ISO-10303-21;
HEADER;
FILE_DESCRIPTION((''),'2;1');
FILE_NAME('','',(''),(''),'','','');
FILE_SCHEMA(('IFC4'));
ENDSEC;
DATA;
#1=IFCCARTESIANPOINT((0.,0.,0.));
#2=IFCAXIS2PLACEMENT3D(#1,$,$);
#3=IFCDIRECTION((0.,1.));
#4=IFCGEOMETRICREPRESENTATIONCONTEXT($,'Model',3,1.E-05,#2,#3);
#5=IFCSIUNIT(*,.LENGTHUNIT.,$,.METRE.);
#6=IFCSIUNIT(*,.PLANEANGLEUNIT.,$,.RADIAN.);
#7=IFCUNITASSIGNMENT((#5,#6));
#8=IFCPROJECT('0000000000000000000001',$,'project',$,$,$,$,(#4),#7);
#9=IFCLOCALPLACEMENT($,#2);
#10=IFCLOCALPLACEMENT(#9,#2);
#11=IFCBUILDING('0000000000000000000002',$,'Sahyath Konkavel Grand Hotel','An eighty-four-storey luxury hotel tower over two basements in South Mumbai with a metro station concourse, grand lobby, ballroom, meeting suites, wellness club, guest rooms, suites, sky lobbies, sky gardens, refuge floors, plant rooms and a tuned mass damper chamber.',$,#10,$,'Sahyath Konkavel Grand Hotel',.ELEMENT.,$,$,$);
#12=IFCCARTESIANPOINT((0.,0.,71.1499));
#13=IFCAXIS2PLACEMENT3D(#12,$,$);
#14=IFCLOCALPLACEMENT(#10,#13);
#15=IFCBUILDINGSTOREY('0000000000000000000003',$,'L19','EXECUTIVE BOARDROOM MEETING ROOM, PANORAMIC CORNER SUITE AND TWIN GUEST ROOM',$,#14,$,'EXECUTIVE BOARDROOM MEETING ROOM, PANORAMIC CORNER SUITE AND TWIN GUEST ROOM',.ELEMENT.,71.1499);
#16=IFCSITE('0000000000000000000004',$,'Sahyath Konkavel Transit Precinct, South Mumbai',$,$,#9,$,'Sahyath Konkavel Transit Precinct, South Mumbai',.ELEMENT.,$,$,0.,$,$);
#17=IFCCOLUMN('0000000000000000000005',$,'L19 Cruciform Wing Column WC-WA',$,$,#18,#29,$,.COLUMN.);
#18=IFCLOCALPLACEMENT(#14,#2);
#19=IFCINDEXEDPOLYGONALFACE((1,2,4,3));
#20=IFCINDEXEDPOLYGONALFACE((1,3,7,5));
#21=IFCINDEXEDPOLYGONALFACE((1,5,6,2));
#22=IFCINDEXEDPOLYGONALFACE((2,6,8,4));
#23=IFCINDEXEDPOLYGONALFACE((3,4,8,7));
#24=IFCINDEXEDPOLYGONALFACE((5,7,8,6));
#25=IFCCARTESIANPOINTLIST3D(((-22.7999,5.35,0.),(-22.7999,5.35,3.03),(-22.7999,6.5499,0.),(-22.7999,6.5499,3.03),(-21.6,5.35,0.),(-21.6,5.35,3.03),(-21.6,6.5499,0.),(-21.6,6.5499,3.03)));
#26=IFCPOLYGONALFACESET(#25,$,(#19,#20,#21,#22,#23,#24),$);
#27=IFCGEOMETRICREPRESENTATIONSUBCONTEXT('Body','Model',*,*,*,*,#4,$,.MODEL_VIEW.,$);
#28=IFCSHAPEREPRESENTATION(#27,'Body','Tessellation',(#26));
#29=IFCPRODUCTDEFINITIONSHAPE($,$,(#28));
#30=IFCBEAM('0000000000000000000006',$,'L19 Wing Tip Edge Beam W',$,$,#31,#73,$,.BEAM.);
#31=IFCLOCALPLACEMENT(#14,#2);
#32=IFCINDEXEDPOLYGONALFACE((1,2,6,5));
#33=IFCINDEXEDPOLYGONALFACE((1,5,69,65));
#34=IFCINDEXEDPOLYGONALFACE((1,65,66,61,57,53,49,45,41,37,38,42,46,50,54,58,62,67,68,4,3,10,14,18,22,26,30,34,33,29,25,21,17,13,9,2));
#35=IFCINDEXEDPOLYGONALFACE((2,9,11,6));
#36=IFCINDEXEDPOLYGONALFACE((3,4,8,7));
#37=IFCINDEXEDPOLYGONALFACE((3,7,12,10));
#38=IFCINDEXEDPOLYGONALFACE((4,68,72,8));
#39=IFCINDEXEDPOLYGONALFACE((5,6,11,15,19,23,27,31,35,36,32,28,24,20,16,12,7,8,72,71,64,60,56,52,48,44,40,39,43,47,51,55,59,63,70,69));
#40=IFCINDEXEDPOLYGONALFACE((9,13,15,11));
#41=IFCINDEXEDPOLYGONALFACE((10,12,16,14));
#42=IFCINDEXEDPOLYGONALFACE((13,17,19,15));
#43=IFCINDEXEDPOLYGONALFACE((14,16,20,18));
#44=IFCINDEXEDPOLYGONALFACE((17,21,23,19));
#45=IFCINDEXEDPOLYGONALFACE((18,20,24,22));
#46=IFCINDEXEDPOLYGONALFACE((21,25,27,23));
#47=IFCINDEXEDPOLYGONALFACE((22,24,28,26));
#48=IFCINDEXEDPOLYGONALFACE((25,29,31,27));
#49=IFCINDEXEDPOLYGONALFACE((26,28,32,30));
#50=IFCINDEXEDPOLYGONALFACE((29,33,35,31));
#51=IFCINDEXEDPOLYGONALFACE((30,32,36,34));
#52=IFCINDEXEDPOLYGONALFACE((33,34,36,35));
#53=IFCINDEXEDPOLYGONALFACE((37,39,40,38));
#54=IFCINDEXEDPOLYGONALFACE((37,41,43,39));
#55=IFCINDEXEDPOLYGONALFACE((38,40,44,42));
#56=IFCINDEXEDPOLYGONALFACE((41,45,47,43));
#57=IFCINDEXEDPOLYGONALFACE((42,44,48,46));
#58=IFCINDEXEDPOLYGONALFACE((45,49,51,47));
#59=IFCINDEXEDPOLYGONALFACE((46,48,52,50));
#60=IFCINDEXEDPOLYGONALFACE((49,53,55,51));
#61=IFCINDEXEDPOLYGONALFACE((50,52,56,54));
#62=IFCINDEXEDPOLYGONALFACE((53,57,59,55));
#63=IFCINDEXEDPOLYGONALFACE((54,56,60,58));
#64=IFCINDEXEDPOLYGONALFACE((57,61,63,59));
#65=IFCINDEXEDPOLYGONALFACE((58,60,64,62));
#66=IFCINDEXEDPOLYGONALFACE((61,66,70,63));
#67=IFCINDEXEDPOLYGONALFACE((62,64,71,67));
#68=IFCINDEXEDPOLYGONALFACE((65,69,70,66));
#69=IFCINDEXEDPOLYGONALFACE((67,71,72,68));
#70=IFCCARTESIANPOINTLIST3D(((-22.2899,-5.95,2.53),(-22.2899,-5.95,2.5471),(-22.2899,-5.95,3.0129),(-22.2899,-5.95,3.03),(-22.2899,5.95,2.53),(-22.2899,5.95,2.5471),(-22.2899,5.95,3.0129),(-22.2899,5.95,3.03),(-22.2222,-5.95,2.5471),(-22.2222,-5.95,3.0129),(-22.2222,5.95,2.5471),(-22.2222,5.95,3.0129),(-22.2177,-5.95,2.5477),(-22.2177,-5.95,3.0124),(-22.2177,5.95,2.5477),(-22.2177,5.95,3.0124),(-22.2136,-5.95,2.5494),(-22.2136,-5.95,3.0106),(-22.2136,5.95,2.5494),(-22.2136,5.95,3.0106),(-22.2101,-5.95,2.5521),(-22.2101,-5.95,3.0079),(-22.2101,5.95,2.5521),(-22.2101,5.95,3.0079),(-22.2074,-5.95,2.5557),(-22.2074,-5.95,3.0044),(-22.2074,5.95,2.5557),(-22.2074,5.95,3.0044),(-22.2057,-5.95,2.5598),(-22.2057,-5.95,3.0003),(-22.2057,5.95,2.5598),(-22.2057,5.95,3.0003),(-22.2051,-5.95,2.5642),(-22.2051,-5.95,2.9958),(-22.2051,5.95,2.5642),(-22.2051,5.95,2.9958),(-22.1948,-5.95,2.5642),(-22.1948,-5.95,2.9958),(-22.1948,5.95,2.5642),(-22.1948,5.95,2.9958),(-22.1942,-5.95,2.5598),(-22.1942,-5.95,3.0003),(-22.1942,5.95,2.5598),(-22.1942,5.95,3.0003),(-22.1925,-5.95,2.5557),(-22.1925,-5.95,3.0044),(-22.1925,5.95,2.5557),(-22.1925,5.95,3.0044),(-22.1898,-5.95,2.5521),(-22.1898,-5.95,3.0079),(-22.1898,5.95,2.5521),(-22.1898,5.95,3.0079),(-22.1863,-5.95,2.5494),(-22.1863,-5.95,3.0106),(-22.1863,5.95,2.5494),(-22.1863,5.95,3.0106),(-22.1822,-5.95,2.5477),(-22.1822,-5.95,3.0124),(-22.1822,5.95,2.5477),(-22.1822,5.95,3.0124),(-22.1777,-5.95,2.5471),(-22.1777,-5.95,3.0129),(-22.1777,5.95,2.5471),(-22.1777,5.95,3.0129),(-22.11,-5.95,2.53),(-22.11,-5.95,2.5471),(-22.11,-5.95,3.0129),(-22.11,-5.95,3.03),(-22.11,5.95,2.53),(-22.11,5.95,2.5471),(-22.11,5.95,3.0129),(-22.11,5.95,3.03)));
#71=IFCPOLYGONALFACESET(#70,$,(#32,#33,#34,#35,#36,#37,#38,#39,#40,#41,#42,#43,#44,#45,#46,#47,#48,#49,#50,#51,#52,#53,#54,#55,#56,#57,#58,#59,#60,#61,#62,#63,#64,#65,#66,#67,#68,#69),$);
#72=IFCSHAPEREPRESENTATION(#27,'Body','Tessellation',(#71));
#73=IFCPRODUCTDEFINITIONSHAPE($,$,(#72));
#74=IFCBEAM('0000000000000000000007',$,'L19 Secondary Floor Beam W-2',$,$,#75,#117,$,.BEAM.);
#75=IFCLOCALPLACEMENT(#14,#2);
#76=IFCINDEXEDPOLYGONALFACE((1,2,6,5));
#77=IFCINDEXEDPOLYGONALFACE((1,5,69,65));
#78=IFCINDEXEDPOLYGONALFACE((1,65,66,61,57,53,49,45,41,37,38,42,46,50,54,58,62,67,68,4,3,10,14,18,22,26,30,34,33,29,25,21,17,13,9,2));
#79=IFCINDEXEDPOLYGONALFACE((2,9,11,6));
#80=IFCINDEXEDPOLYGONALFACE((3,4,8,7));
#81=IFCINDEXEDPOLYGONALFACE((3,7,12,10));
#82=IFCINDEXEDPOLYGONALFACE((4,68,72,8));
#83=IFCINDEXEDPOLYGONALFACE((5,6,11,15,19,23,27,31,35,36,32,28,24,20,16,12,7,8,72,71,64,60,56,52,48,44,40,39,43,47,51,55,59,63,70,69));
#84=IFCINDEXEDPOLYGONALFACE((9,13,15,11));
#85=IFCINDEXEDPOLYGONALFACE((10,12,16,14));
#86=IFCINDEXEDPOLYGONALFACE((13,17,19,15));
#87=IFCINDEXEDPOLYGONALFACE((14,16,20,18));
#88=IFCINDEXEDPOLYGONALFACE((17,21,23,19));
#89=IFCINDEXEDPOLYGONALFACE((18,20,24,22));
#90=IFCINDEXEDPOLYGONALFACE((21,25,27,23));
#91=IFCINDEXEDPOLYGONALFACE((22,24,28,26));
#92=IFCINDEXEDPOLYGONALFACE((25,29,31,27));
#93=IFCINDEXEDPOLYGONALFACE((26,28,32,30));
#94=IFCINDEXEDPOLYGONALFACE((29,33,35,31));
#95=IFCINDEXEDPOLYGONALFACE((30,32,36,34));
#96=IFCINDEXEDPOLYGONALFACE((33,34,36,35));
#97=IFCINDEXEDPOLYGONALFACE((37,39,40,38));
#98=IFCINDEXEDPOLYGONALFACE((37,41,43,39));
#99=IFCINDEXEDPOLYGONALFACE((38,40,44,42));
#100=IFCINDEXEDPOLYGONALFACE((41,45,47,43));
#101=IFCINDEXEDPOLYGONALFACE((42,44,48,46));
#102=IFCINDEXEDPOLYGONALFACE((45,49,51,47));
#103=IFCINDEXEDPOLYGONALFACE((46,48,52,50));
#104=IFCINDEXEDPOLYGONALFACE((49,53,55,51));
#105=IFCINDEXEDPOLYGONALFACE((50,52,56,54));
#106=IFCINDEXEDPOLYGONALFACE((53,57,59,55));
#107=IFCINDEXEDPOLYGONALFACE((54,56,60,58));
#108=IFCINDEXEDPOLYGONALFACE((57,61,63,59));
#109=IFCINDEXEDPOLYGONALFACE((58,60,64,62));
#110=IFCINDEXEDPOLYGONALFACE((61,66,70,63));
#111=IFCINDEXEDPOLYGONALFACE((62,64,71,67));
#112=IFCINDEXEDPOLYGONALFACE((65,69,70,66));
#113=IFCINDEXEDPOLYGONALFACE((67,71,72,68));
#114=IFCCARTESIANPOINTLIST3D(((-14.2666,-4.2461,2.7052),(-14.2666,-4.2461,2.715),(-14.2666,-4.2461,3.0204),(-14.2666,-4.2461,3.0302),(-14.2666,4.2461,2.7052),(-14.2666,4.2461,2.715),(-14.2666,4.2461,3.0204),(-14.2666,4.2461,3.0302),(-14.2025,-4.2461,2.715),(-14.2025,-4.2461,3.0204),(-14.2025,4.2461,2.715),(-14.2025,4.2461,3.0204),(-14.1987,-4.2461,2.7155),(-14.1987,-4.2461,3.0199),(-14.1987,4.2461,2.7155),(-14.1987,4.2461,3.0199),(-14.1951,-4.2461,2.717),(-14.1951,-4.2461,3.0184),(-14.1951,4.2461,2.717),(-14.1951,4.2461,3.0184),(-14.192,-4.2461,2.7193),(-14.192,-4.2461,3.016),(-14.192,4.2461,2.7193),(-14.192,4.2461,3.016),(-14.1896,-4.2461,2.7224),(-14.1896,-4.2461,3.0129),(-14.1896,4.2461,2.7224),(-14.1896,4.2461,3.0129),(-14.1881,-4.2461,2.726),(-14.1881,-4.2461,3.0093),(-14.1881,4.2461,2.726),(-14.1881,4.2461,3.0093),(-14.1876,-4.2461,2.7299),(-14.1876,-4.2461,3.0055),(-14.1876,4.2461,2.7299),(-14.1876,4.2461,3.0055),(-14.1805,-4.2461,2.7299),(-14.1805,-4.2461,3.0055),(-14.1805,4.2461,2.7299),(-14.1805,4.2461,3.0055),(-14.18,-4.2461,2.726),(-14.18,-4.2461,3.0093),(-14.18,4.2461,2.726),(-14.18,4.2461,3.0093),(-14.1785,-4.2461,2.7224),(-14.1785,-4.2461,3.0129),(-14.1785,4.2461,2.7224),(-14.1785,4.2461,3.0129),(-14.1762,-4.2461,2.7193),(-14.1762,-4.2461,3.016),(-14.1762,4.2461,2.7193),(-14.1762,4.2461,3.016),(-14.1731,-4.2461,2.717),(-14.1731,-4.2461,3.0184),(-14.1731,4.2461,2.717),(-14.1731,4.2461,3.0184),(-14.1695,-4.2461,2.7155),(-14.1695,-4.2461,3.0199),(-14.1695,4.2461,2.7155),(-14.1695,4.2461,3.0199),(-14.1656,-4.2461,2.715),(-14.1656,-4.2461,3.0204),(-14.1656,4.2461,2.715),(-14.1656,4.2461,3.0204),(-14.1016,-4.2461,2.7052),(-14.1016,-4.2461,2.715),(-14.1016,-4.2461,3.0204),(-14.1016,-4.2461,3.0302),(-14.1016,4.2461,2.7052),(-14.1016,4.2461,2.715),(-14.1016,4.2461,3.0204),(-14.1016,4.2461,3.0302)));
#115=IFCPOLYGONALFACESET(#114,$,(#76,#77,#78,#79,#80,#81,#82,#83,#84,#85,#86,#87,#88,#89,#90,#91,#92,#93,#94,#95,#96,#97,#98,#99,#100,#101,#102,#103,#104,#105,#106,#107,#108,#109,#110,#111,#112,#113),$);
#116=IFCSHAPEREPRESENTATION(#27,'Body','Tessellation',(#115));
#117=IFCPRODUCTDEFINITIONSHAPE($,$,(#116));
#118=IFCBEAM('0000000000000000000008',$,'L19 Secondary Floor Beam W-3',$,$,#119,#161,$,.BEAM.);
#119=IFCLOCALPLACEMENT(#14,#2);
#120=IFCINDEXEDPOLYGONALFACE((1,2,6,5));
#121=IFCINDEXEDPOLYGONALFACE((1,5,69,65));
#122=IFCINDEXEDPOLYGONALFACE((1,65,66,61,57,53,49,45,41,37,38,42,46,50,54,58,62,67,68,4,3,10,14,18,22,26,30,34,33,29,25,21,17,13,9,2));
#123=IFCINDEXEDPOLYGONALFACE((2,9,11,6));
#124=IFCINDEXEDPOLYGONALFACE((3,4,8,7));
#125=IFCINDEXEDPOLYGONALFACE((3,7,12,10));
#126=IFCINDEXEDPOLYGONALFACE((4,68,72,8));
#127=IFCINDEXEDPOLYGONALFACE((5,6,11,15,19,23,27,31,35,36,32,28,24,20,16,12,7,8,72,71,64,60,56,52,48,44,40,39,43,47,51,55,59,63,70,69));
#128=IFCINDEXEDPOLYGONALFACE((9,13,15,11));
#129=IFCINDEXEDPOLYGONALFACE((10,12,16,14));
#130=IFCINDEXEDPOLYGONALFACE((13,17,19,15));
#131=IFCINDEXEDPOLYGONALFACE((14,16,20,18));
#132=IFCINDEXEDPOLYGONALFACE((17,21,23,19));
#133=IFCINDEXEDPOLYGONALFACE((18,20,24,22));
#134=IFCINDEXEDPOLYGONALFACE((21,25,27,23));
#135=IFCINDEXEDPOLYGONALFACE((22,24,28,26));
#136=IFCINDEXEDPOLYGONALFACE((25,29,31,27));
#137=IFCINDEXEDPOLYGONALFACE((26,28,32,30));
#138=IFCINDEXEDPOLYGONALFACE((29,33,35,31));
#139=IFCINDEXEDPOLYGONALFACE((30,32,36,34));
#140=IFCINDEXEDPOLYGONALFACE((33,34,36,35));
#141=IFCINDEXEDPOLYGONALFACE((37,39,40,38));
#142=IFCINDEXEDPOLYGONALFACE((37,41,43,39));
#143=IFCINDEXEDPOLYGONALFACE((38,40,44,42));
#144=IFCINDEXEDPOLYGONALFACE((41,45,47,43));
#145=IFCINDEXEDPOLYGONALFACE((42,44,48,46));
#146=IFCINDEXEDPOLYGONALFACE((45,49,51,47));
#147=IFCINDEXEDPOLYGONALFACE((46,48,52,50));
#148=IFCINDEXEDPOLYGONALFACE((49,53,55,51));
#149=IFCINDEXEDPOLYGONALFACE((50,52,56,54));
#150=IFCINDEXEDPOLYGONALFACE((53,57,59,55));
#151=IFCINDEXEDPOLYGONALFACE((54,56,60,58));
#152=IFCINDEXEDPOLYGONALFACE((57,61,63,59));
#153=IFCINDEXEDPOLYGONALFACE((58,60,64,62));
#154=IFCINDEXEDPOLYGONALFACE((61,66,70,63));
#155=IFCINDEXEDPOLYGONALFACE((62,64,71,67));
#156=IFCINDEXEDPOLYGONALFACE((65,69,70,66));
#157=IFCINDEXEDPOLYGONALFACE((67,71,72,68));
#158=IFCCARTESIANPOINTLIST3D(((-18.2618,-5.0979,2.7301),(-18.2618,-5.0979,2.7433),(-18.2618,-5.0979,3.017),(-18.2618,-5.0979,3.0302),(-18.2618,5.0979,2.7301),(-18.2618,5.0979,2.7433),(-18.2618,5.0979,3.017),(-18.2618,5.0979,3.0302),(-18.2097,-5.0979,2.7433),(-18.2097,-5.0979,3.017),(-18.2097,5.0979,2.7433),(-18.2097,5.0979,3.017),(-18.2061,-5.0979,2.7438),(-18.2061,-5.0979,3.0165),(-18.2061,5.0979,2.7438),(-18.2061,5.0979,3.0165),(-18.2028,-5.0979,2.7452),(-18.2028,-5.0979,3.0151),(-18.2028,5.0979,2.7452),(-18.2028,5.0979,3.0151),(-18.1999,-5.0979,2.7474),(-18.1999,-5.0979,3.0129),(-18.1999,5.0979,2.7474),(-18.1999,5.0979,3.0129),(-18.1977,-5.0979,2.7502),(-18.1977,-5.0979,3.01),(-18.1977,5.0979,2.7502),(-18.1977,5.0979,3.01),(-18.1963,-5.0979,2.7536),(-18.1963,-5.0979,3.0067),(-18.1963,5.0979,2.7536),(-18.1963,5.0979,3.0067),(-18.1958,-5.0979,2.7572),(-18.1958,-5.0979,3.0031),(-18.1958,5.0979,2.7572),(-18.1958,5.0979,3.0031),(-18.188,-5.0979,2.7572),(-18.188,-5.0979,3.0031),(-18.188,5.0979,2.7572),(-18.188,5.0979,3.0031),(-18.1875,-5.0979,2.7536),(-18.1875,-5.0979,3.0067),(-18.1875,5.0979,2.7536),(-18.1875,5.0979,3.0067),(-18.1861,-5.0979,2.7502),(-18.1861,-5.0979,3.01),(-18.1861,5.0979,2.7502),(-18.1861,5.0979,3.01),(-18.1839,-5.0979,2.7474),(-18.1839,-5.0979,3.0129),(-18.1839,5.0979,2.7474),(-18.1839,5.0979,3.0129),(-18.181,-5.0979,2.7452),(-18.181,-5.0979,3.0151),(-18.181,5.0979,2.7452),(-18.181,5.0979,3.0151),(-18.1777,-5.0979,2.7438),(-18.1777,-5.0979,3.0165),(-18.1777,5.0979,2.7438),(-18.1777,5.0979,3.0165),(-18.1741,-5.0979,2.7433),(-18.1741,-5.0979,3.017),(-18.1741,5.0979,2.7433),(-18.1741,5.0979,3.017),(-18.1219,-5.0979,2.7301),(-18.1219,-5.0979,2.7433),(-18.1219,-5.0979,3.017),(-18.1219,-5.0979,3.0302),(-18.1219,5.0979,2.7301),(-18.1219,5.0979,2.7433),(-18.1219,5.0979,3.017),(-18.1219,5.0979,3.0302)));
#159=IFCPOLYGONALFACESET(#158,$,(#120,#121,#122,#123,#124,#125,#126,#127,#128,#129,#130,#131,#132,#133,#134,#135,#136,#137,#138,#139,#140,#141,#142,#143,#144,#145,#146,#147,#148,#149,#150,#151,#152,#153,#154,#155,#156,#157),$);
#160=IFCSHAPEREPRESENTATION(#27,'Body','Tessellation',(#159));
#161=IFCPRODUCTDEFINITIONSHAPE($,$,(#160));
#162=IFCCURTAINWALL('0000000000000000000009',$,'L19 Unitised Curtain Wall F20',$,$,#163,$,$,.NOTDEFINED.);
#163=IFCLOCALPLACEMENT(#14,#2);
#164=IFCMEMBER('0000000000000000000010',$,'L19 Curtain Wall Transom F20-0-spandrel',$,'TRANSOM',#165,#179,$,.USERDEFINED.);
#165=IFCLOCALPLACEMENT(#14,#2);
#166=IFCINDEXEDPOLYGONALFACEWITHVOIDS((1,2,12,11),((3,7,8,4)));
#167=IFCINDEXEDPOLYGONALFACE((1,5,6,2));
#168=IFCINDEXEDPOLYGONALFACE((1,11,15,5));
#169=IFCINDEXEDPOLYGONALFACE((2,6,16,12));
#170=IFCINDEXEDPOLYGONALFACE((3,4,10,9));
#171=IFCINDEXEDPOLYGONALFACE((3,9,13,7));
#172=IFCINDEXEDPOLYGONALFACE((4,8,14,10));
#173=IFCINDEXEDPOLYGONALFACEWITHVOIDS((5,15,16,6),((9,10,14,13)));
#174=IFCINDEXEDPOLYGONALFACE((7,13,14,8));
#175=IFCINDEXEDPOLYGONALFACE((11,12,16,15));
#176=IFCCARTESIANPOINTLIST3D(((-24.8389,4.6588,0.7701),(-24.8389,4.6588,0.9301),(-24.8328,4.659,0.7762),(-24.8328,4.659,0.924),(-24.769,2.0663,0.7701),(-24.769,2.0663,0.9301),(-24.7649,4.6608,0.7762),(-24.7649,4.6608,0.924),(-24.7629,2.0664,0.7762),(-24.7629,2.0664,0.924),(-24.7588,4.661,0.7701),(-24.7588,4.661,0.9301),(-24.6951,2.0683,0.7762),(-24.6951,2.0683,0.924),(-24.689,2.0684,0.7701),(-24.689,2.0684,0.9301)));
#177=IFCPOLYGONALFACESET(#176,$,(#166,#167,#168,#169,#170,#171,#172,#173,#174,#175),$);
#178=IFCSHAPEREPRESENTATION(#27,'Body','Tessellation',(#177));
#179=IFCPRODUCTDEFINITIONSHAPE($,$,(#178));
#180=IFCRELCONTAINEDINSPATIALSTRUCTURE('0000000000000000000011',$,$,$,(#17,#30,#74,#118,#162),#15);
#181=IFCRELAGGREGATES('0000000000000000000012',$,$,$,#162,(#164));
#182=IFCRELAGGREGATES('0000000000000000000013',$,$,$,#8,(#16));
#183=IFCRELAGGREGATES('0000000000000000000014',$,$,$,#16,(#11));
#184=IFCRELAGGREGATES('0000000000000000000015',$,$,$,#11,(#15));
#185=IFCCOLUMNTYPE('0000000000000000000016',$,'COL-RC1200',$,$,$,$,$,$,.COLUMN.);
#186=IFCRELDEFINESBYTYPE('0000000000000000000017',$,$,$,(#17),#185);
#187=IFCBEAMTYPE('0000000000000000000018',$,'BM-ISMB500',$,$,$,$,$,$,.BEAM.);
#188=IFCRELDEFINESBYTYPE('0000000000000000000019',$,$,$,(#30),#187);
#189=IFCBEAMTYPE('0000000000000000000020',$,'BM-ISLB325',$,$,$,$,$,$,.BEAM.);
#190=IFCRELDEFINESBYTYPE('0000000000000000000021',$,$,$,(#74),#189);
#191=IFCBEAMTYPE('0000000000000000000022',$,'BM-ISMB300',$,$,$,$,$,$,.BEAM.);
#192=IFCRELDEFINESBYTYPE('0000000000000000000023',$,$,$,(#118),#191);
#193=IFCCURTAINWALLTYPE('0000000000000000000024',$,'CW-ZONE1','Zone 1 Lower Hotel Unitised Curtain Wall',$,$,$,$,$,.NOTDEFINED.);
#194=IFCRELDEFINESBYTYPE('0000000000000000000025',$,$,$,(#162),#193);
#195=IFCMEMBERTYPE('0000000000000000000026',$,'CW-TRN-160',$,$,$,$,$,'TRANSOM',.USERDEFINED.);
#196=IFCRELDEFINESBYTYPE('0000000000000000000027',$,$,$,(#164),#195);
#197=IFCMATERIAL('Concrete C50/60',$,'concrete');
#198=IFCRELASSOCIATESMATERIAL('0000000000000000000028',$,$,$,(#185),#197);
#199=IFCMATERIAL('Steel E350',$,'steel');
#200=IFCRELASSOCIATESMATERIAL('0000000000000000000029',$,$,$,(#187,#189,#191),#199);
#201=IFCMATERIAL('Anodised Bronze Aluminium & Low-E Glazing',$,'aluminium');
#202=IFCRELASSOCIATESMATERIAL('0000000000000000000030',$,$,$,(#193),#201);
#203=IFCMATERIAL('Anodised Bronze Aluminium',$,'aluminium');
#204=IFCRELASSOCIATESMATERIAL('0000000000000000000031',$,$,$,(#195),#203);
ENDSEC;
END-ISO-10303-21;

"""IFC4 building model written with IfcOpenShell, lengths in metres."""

from ifc_helpers import new_model, si_unit, direction, frame, origin, origin_2d, place, context, subcontext, project, spatial, rectangle, hollow_rectangle, i_section, extrude, source, transform, mapped, material, material_profile, profile_set, type_object, element, aggregate, save


model = new_model("IFC4")

# Units and contexts
model_context = context("Model", 3, precision=1e-05, world=origin(), true_north=direction((0.0, 1.0)))
body_context = subcontext(model_context, "Body", "Model", "MODEL_VIEW")
ifc_project = project(units=[si_unit("LENGTHUNIT", "METRE"), si_unit("PLANEANGLEUNIT", "RADIAN")], contexts=[model_context])

# Site, building, storey
site_placement = place(None, origin())
site = spatial("IfcSite", under=ifc_project, at=site_placement, Name="Sahyath Konkavel Transit Precinct, South Mumbai", LongName="Sahyath Konkavel Transit Precinct, South Mumbai", CompositionType="ELEMENT", RefElevation=0.0)
building_placement = place(site_placement, origin())
building = spatial("IfcBuilding", under=site, at=building_placement, Name="Sahyath Konkavel Grand Hotel", Description="An eighty-four-storey luxury hotel tower over two basements in South Mumbai with a metro station concourse, grand lobby, ballroom, meeting suites, wellness club, guest rooms, suites, sky lobbies, sky gardens, refuge floors, plant rooms and a tuned mass damper chamber.", LongName="Sahyath Konkavel Grand Hotel", CompositionType="ELEMENT")
storey_placement = place(building_placement, frame((0.0, 0.0, 71.1499)))
storey = spatial("IfcBuildingStorey", under=building, at=storey_placement, Name="L19", Description="EXECUTIVE BOARDROOM MEETING ROOM, PANORAMIC CORNER SUITE AND TWIN GUEST ROOM", LongName="EXECUTIVE BOARDROOM MEETING ROOM, PANORAMIC CORNER SUITE AND TWIN GUEST ROOM", CompositionType="ELEMENT", Elevation=71.1499)

# Column
ifc_material_1 = material(Name="Concrete C50/60", Category="concrete")
ifc_material_profile_1 = material_profile(ifc_material_1, rectangle(XDim=1.2, YDim=1.2, at=origin_2d()), Name="RC 1200x1200")
ifc_profile_set_1 = profile_set([ifc_material_profile_1], Name="Concrete C50/60")
column_type = type_object("IfcColumnType", Name="COL-RC1200", PredefinedType="COLUMN", material=ifc_profile_set_1)
shared_shape_1 = source(origin(), body_context, "Body", "SweptSolid", [
    extrude(rectangle(XDim=1.2, YDim=1.2, at=origin_2d()), origin(), (0.0, 0.0, 1.0), 3.03),
])
column_placement = place(storey_placement, frame((-22.2, 5.95, 0.0), z_axis=(0.0, 0.0, 1.0), x_axis=(1.0, 0.0, 0.0)))
element("IfcColumn", 1, at=column_placement, inside=storey, type_object=column_type, Name="L19 Cruciform Wing Column WC-WA", PredefinedType="COLUMN", context=body_context, shape_type="MappedRepresentation", body=[
    mapped(shared_shape_1, transform((0.0, 0.0, 0.0), scale=1.0)),
])

# Beams
ifc_material_2 = material(Name="Steel E350", Category="steel")
ifc_material_profile_2 = material_profile(ifc_material_2, i_section(OverallWidth=0.1799, OverallDepth=0.5, WebThickness=0.0103, FlangeThickness=0.0171, FilletRadius=0.0171, at=origin_2d()), Name="ISMB 500")
ifc_profile_set_2 = profile_set([ifc_material_profile_2], Name="Steel E350")
beam_type_1 = type_object("IfcBeamType", Name="BM-ISMB500", PredefinedType="BEAM", material=ifc_profile_set_2)
shared_shape_2 = source(origin(), body_context, "Body", "SweptSolid", [
    extrude(i_section(OverallWidth=0.1799, OverallDepth=0.5, WebThickness=0.0103, FlangeThickness=0.0171, FilletRadius=0.0171, at=origin_2d()), origin(), (0.0, 0.0, 1.0), 11.8999),
])
beam_1_placement = place(storey_placement, frame((-22.2, 5.95, 2.78), z_axis=(0.0, -1.0, 0.0), x_axis=(1.0, 0.0, 0.0)))
element("IfcBeam", 2, at=beam_1_placement, inside=storey, type_object=beam_type_1, Name="L19 Wing Tip Edge Beam W", PredefinedType="BEAM", context=body_context, shape_type="MappedRepresentation", body=[
    mapped(shared_shape_2, transform((0.0, 0.0, 0.0), scale=1.0)),
])
ifc_material_profile_3 = material_profile(ifc_material_2, i_section(OverallWidth=0.165, OverallDepth=0.325, WebThickness=0.0071, FlangeThickness=0.0098, FilletRadius=0.0149, at=origin_2d()), Name="ISLB 325")
ifc_profile_set_3 = profile_set([ifc_material_profile_3], Name="Steel E350")
beam_type_2 = type_object("IfcBeamType", Name="BM-ISLB325", PredefinedType="BEAM", material=ifc_profile_set_3)
shared_shape_3 = source(origin(), body_context, "Body", "SweptSolid", [
    extrude(i_section(OverallWidth=0.165, OverallDepth=0.325, WebThickness=0.0071, FlangeThickness=0.0098, FilletRadius=0.0149, at=origin_2d()), origin(), (0.0, 0.0, 1.0), 8.4922),
])
beam_2_placement = place(storey_placement, frame((-14.1841, 4.2461, 2.8677), z_axis=(0.0, -1.0, 0.0), x_axis=(1.0, 0.0, 0.0)))
element("IfcBeam", 3, at=beam_2_placement, inside=storey, type_object=beam_type_2, Name="L19 Secondary Floor Beam W-2", PredefinedType="BEAM", context=body_context, shape_type="MappedRepresentation", body=[
    mapped(shared_shape_3, transform((0.0, 0.0, 0.0), scale=1.0)),
])
ifc_material_profile_4 = material_profile(ifc_material_2, i_section(OverallWidth=0.1399, OverallDepth=0.3, WebThickness=0.0078, FlangeThickness=0.0132, FilletRadius=0.0139, at=origin_2d()), Name="ISMB 300")
ifc_profile_set_4 = profile_set([ifc_material_profile_4], Name="Steel E350")
beam_type_3 = type_object("IfcBeamType", Name="BM-ISMB300", PredefinedType="BEAM", material=ifc_profile_set_4)
shared_shape_4 = source(origin(), body_context, "Body", "SweptSolid", [
    extrude(i_section(OverallWidth=0.1399, OverallDepth=0.3, WebThickness=0.0078, FlangeThickness=0.0132, FilletRadius=0.0139, at=origin_2d()), origin(), (0.0, 0.0, 1.0), 10.1958),
])
beam_3_placement = place(storey_placement, frame((-18.1919, 5.0979, 2.8801), z_axis=(0.0, -1.0, 0.0), x_axis=(1.0, 0.0, 0.0)))
element("IfcBeam", 4, at=beam_3_placement, inside=storey, type_object=beam_type_3, Name="L19 Secondary Floor Beam W-3", PredefinedType="BEAM", context=body_context, shape_type="MappedRepresentation", body=[
    mapped(shared_shape_4, transform((0.0, 0.0, 0.0), scale=1.0)),
])

# Curtain wall, member
ifc_material_3 = material(Name="Anodised Bronze Aluminium & Low-E Glazing", Category="aluminium")
curtain_wall_type = type_object("IfcCurtainWallType", Name="CW-ZONE1", Description="Zone 1 Lower Hotel Unitised Curtain Wall", PredefinedType="NOTDEFINED", material=ifc_material_3)
curtain_wall_1_placement = place(storey_placement, origin())
curtain_wall_1 = element("IfcCurtainWall", 5, at=curtain_wall_1_placement, inside=storey, type_object=curtain_wall_type, Name="L19 Unitised Curtain Wall F20", PredefinedType="NOTDEFINED")
ifc_material_4 = material(Name="Anodised Bronze Aluminium", Category="aluminium")
ifc_material_profile_5 = material_profile(ifc_material_4, hollow_rectangle(XDim=0.0801, YDim=0.1599, WallThickness=0.0061, at=origin_2d()), Name="RHS 160x80x6")
ifc_profile_set_5 = profile_set([ifc_material_profile_5], Name="Anodised Bronze Aluminium")
member_type_1 = type_object("IfcMemberType", Name="CW-TRN-160", ElementType="TRANSOM", PredefinedType="USERDEFINED", material=ifc_profile_set_5)
shared_shape_5 = source(origin(), body_context, "Body", "SweptSolid", [
    extrude(hollow_rectangle(XDim=0.0801, YDim=0.1599, WallThickness=0.0061, at=origin_2d()), origin(), (0.0, 0.0, 1.0), 2.5935),
])
member_1_placement = place(storey_placement, frame((-24.7988, 4.6599, 0.8501), z_axis=(0.026923, -0.999638, 0.0), x_axis=(0.999638, 0.026923, 0.0)))
member_1 = element("IfcMember", 6, at=member_1_placement, type_object=member_type_1, Name="L19 Curtain Wall Transom F20-0-spandrel", ObjectType="TRANSOM", PredefinedType="USERDEFINED", context=body_context, shape_type="MappedRepresentation", body=[
    mapped(shared_shape_5, transform((0.0, 0.0, 0.0), scale=1.0)),
])

aggregate(curtain_wall_1, [member_1])

save(model, "model.ifc")
